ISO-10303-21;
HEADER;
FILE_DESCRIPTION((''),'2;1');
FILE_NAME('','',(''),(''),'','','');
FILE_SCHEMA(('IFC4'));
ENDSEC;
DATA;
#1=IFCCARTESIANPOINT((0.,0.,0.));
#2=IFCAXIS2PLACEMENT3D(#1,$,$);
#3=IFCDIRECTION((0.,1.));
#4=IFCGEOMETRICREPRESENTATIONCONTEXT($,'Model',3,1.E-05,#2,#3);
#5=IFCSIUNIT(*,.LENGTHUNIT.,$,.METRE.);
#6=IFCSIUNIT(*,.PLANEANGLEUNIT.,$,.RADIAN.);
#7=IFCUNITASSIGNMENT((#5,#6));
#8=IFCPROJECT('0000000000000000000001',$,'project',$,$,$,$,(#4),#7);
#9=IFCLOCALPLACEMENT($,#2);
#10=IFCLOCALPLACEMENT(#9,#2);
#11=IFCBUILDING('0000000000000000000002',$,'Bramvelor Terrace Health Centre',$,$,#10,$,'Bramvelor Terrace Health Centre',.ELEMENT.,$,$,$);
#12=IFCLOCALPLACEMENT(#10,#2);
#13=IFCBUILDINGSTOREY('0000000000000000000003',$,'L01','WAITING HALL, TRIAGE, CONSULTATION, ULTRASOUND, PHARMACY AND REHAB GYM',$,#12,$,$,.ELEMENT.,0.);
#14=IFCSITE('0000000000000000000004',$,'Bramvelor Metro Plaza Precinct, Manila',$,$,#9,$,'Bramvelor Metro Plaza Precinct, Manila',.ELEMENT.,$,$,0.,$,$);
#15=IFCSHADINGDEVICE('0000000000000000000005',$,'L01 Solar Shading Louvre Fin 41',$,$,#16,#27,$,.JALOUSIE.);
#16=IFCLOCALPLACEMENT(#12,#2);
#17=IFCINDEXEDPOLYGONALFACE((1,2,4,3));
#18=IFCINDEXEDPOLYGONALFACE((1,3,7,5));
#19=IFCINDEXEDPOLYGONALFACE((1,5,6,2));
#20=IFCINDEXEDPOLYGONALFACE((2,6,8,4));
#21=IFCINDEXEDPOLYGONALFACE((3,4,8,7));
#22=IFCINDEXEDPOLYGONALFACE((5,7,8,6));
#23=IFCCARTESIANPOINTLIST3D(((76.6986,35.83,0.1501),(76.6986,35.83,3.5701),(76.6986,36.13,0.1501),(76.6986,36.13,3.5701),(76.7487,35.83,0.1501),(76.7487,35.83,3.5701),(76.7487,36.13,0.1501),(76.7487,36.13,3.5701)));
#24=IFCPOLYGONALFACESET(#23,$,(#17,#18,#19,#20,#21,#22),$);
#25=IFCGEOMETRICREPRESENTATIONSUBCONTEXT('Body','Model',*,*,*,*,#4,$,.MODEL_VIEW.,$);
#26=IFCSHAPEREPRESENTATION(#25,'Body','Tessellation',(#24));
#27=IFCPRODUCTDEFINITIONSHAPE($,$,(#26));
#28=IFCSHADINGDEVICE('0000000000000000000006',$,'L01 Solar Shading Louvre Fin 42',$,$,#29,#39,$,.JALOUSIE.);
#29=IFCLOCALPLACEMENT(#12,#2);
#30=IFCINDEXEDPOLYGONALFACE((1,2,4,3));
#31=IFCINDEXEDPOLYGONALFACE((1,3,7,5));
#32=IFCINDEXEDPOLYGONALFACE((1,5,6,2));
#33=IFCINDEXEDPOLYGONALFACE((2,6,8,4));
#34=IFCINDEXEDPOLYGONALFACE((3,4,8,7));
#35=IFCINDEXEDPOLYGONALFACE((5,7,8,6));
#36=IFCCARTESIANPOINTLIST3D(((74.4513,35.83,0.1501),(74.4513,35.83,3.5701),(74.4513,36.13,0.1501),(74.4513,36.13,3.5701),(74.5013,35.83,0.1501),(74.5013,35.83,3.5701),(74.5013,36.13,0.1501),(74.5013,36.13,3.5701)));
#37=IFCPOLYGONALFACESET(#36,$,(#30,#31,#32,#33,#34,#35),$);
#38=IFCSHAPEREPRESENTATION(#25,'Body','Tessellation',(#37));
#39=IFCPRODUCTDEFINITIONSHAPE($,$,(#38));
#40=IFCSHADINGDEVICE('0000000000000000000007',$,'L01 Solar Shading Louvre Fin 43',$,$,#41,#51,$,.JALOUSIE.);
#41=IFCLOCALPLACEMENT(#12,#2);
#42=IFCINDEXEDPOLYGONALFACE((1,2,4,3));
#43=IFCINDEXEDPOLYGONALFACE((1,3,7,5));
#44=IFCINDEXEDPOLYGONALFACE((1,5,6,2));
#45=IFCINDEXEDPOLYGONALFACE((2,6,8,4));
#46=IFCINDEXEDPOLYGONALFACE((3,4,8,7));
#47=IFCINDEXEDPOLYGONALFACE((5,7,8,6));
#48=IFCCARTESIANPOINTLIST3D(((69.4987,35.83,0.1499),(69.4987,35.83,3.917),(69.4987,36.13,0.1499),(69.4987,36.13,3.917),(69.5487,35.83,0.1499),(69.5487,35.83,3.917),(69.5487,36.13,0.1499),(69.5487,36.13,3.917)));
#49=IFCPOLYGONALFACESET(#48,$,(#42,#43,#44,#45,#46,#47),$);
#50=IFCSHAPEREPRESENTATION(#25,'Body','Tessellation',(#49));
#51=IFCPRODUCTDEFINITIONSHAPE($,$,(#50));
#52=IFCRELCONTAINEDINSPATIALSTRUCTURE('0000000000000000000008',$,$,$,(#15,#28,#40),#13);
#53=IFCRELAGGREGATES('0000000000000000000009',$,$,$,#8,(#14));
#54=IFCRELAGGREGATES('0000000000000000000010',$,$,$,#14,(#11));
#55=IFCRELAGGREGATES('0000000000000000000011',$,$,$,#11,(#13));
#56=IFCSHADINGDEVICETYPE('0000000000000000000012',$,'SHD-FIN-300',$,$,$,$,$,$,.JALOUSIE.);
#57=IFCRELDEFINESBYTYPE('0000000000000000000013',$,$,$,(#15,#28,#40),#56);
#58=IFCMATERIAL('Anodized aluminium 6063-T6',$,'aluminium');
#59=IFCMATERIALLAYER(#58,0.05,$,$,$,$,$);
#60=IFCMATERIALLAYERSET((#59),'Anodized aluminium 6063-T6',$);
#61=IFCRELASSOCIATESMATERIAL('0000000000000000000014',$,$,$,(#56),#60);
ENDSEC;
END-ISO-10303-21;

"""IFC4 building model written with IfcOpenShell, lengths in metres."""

from ifc_helpers import new_model, si_unit, direction, frame, origin, origin_2d, place, context, subcontext, project, spatial, rectangle, extrude, material, layer, layer_set, type_object, element, save


model = new_model("IFC4")

# Units and contexts
model_context = context("Model", 3, precision=1e-05, world=origin(), true_north=direction((0.0, 1.0)))
body_context = subcontext(model_context, "Body", "Model", "MODEL_VIEW")
ifc_project = project(units=[si_unit("LENGTHUNIT", "METRE"), si_unit("PLANEANGLEUNIT", "RADIAN")], contexts=[model_context])

# Site, building, storey
site_placement = place(None, origin())
site = spatial("IfcSite", under=ifc_project, at=site_placement, Name="Bramvelor Metro Plaza Precinct, Manila", LongName="Bramvelor Metro Plaza Precinct, Manila", CompositionType="ELEMENT", RefElevation=0.0)
building_placement = place(site_placement, origin())
building = spatial("IfcBuilding", under=site, at=building_placement, Name="Bramvelor Terrace Health Centre", LongName="Bramvelor Terrace Health Centre", CompositionType="ELEMENT")
storey_placement = place(building_placement, origin())
storey = spatial("IfcBuildingStorey", under=building, at=storey_placement, Name="L01", Description="WAITING HALL, TRIAGE, CONSULTATION, ULTRASOUND, PHARMACY AND REHAB GYM", CompositionType="ELEMENT", Elevation=0.0)

# Shading devices
ifc_material_1 = material(Name="Anodized aluminium 6063-T6", Category="aluminium")
ifc_layer_1 = layer(ifc_material_1, 0.05)
ifc_layer_set_1 = layer_set([ifc_layer_1], Name="Anodized aluminium 6063-T6")
shading_device_type = type_object("IfcShadingDeviceType", Name="SHD-FIN-300", PredefinedType="JALOUSIE", material=ifc_layer_set_1)
for number, where, z_axis, x_axis, name in (
    (1, (76.7236, 35.98, 0.1501), (0.0, 0.0, 1.0), (1.0, 0.0, 0.0), "L01 Solar Shading Louvre Fin 41"),
    (2, (74.4763, 35.98, 0.1501), (0.0, 0.0, 1.0), (1.0, 0.0, 0.0), "L01 Solar Shading Louvre Fin 42"),
):
    element("IfcShadingDevice", number, at=place(storey_placement, frame(where, z_axis=z_axis, x_axis=x_axis)), inside=storey, type_object=shading_device_type, Name=name, PredefinedType="JALOUSIE", context=body_context, shape_type="SweptSolid", body=[
        extrude(rectangle(XDim=0.05, YDim=0.3, at=origin_2d()), origin(), (0.0, 0.0, 1.0), 3.4199),
    ])
shading_device_placement = place(storey_placement, frame((69.5237, 35.98, 0.1499), z_axis=(0.0, 0.0, 1.0), x_axis=(1.0, 0.0, 0.0)))
element("IfcShadingDevice", 3, at=shading_device_placement, inside=storey, type_object=shading_device_type, Name="L01 Solar Shading Louvre Fin 43", PredefinedType="JALOUSIE", context=body_context, shape_type="SweptSolid", body=[
    extrude(rectangle(XDim=0.05, YDim=0.3, at=origin_2d()), origin(), (0.0, 0.0, 1.0), 3.7671),
])

save(model, "model.ifc")
